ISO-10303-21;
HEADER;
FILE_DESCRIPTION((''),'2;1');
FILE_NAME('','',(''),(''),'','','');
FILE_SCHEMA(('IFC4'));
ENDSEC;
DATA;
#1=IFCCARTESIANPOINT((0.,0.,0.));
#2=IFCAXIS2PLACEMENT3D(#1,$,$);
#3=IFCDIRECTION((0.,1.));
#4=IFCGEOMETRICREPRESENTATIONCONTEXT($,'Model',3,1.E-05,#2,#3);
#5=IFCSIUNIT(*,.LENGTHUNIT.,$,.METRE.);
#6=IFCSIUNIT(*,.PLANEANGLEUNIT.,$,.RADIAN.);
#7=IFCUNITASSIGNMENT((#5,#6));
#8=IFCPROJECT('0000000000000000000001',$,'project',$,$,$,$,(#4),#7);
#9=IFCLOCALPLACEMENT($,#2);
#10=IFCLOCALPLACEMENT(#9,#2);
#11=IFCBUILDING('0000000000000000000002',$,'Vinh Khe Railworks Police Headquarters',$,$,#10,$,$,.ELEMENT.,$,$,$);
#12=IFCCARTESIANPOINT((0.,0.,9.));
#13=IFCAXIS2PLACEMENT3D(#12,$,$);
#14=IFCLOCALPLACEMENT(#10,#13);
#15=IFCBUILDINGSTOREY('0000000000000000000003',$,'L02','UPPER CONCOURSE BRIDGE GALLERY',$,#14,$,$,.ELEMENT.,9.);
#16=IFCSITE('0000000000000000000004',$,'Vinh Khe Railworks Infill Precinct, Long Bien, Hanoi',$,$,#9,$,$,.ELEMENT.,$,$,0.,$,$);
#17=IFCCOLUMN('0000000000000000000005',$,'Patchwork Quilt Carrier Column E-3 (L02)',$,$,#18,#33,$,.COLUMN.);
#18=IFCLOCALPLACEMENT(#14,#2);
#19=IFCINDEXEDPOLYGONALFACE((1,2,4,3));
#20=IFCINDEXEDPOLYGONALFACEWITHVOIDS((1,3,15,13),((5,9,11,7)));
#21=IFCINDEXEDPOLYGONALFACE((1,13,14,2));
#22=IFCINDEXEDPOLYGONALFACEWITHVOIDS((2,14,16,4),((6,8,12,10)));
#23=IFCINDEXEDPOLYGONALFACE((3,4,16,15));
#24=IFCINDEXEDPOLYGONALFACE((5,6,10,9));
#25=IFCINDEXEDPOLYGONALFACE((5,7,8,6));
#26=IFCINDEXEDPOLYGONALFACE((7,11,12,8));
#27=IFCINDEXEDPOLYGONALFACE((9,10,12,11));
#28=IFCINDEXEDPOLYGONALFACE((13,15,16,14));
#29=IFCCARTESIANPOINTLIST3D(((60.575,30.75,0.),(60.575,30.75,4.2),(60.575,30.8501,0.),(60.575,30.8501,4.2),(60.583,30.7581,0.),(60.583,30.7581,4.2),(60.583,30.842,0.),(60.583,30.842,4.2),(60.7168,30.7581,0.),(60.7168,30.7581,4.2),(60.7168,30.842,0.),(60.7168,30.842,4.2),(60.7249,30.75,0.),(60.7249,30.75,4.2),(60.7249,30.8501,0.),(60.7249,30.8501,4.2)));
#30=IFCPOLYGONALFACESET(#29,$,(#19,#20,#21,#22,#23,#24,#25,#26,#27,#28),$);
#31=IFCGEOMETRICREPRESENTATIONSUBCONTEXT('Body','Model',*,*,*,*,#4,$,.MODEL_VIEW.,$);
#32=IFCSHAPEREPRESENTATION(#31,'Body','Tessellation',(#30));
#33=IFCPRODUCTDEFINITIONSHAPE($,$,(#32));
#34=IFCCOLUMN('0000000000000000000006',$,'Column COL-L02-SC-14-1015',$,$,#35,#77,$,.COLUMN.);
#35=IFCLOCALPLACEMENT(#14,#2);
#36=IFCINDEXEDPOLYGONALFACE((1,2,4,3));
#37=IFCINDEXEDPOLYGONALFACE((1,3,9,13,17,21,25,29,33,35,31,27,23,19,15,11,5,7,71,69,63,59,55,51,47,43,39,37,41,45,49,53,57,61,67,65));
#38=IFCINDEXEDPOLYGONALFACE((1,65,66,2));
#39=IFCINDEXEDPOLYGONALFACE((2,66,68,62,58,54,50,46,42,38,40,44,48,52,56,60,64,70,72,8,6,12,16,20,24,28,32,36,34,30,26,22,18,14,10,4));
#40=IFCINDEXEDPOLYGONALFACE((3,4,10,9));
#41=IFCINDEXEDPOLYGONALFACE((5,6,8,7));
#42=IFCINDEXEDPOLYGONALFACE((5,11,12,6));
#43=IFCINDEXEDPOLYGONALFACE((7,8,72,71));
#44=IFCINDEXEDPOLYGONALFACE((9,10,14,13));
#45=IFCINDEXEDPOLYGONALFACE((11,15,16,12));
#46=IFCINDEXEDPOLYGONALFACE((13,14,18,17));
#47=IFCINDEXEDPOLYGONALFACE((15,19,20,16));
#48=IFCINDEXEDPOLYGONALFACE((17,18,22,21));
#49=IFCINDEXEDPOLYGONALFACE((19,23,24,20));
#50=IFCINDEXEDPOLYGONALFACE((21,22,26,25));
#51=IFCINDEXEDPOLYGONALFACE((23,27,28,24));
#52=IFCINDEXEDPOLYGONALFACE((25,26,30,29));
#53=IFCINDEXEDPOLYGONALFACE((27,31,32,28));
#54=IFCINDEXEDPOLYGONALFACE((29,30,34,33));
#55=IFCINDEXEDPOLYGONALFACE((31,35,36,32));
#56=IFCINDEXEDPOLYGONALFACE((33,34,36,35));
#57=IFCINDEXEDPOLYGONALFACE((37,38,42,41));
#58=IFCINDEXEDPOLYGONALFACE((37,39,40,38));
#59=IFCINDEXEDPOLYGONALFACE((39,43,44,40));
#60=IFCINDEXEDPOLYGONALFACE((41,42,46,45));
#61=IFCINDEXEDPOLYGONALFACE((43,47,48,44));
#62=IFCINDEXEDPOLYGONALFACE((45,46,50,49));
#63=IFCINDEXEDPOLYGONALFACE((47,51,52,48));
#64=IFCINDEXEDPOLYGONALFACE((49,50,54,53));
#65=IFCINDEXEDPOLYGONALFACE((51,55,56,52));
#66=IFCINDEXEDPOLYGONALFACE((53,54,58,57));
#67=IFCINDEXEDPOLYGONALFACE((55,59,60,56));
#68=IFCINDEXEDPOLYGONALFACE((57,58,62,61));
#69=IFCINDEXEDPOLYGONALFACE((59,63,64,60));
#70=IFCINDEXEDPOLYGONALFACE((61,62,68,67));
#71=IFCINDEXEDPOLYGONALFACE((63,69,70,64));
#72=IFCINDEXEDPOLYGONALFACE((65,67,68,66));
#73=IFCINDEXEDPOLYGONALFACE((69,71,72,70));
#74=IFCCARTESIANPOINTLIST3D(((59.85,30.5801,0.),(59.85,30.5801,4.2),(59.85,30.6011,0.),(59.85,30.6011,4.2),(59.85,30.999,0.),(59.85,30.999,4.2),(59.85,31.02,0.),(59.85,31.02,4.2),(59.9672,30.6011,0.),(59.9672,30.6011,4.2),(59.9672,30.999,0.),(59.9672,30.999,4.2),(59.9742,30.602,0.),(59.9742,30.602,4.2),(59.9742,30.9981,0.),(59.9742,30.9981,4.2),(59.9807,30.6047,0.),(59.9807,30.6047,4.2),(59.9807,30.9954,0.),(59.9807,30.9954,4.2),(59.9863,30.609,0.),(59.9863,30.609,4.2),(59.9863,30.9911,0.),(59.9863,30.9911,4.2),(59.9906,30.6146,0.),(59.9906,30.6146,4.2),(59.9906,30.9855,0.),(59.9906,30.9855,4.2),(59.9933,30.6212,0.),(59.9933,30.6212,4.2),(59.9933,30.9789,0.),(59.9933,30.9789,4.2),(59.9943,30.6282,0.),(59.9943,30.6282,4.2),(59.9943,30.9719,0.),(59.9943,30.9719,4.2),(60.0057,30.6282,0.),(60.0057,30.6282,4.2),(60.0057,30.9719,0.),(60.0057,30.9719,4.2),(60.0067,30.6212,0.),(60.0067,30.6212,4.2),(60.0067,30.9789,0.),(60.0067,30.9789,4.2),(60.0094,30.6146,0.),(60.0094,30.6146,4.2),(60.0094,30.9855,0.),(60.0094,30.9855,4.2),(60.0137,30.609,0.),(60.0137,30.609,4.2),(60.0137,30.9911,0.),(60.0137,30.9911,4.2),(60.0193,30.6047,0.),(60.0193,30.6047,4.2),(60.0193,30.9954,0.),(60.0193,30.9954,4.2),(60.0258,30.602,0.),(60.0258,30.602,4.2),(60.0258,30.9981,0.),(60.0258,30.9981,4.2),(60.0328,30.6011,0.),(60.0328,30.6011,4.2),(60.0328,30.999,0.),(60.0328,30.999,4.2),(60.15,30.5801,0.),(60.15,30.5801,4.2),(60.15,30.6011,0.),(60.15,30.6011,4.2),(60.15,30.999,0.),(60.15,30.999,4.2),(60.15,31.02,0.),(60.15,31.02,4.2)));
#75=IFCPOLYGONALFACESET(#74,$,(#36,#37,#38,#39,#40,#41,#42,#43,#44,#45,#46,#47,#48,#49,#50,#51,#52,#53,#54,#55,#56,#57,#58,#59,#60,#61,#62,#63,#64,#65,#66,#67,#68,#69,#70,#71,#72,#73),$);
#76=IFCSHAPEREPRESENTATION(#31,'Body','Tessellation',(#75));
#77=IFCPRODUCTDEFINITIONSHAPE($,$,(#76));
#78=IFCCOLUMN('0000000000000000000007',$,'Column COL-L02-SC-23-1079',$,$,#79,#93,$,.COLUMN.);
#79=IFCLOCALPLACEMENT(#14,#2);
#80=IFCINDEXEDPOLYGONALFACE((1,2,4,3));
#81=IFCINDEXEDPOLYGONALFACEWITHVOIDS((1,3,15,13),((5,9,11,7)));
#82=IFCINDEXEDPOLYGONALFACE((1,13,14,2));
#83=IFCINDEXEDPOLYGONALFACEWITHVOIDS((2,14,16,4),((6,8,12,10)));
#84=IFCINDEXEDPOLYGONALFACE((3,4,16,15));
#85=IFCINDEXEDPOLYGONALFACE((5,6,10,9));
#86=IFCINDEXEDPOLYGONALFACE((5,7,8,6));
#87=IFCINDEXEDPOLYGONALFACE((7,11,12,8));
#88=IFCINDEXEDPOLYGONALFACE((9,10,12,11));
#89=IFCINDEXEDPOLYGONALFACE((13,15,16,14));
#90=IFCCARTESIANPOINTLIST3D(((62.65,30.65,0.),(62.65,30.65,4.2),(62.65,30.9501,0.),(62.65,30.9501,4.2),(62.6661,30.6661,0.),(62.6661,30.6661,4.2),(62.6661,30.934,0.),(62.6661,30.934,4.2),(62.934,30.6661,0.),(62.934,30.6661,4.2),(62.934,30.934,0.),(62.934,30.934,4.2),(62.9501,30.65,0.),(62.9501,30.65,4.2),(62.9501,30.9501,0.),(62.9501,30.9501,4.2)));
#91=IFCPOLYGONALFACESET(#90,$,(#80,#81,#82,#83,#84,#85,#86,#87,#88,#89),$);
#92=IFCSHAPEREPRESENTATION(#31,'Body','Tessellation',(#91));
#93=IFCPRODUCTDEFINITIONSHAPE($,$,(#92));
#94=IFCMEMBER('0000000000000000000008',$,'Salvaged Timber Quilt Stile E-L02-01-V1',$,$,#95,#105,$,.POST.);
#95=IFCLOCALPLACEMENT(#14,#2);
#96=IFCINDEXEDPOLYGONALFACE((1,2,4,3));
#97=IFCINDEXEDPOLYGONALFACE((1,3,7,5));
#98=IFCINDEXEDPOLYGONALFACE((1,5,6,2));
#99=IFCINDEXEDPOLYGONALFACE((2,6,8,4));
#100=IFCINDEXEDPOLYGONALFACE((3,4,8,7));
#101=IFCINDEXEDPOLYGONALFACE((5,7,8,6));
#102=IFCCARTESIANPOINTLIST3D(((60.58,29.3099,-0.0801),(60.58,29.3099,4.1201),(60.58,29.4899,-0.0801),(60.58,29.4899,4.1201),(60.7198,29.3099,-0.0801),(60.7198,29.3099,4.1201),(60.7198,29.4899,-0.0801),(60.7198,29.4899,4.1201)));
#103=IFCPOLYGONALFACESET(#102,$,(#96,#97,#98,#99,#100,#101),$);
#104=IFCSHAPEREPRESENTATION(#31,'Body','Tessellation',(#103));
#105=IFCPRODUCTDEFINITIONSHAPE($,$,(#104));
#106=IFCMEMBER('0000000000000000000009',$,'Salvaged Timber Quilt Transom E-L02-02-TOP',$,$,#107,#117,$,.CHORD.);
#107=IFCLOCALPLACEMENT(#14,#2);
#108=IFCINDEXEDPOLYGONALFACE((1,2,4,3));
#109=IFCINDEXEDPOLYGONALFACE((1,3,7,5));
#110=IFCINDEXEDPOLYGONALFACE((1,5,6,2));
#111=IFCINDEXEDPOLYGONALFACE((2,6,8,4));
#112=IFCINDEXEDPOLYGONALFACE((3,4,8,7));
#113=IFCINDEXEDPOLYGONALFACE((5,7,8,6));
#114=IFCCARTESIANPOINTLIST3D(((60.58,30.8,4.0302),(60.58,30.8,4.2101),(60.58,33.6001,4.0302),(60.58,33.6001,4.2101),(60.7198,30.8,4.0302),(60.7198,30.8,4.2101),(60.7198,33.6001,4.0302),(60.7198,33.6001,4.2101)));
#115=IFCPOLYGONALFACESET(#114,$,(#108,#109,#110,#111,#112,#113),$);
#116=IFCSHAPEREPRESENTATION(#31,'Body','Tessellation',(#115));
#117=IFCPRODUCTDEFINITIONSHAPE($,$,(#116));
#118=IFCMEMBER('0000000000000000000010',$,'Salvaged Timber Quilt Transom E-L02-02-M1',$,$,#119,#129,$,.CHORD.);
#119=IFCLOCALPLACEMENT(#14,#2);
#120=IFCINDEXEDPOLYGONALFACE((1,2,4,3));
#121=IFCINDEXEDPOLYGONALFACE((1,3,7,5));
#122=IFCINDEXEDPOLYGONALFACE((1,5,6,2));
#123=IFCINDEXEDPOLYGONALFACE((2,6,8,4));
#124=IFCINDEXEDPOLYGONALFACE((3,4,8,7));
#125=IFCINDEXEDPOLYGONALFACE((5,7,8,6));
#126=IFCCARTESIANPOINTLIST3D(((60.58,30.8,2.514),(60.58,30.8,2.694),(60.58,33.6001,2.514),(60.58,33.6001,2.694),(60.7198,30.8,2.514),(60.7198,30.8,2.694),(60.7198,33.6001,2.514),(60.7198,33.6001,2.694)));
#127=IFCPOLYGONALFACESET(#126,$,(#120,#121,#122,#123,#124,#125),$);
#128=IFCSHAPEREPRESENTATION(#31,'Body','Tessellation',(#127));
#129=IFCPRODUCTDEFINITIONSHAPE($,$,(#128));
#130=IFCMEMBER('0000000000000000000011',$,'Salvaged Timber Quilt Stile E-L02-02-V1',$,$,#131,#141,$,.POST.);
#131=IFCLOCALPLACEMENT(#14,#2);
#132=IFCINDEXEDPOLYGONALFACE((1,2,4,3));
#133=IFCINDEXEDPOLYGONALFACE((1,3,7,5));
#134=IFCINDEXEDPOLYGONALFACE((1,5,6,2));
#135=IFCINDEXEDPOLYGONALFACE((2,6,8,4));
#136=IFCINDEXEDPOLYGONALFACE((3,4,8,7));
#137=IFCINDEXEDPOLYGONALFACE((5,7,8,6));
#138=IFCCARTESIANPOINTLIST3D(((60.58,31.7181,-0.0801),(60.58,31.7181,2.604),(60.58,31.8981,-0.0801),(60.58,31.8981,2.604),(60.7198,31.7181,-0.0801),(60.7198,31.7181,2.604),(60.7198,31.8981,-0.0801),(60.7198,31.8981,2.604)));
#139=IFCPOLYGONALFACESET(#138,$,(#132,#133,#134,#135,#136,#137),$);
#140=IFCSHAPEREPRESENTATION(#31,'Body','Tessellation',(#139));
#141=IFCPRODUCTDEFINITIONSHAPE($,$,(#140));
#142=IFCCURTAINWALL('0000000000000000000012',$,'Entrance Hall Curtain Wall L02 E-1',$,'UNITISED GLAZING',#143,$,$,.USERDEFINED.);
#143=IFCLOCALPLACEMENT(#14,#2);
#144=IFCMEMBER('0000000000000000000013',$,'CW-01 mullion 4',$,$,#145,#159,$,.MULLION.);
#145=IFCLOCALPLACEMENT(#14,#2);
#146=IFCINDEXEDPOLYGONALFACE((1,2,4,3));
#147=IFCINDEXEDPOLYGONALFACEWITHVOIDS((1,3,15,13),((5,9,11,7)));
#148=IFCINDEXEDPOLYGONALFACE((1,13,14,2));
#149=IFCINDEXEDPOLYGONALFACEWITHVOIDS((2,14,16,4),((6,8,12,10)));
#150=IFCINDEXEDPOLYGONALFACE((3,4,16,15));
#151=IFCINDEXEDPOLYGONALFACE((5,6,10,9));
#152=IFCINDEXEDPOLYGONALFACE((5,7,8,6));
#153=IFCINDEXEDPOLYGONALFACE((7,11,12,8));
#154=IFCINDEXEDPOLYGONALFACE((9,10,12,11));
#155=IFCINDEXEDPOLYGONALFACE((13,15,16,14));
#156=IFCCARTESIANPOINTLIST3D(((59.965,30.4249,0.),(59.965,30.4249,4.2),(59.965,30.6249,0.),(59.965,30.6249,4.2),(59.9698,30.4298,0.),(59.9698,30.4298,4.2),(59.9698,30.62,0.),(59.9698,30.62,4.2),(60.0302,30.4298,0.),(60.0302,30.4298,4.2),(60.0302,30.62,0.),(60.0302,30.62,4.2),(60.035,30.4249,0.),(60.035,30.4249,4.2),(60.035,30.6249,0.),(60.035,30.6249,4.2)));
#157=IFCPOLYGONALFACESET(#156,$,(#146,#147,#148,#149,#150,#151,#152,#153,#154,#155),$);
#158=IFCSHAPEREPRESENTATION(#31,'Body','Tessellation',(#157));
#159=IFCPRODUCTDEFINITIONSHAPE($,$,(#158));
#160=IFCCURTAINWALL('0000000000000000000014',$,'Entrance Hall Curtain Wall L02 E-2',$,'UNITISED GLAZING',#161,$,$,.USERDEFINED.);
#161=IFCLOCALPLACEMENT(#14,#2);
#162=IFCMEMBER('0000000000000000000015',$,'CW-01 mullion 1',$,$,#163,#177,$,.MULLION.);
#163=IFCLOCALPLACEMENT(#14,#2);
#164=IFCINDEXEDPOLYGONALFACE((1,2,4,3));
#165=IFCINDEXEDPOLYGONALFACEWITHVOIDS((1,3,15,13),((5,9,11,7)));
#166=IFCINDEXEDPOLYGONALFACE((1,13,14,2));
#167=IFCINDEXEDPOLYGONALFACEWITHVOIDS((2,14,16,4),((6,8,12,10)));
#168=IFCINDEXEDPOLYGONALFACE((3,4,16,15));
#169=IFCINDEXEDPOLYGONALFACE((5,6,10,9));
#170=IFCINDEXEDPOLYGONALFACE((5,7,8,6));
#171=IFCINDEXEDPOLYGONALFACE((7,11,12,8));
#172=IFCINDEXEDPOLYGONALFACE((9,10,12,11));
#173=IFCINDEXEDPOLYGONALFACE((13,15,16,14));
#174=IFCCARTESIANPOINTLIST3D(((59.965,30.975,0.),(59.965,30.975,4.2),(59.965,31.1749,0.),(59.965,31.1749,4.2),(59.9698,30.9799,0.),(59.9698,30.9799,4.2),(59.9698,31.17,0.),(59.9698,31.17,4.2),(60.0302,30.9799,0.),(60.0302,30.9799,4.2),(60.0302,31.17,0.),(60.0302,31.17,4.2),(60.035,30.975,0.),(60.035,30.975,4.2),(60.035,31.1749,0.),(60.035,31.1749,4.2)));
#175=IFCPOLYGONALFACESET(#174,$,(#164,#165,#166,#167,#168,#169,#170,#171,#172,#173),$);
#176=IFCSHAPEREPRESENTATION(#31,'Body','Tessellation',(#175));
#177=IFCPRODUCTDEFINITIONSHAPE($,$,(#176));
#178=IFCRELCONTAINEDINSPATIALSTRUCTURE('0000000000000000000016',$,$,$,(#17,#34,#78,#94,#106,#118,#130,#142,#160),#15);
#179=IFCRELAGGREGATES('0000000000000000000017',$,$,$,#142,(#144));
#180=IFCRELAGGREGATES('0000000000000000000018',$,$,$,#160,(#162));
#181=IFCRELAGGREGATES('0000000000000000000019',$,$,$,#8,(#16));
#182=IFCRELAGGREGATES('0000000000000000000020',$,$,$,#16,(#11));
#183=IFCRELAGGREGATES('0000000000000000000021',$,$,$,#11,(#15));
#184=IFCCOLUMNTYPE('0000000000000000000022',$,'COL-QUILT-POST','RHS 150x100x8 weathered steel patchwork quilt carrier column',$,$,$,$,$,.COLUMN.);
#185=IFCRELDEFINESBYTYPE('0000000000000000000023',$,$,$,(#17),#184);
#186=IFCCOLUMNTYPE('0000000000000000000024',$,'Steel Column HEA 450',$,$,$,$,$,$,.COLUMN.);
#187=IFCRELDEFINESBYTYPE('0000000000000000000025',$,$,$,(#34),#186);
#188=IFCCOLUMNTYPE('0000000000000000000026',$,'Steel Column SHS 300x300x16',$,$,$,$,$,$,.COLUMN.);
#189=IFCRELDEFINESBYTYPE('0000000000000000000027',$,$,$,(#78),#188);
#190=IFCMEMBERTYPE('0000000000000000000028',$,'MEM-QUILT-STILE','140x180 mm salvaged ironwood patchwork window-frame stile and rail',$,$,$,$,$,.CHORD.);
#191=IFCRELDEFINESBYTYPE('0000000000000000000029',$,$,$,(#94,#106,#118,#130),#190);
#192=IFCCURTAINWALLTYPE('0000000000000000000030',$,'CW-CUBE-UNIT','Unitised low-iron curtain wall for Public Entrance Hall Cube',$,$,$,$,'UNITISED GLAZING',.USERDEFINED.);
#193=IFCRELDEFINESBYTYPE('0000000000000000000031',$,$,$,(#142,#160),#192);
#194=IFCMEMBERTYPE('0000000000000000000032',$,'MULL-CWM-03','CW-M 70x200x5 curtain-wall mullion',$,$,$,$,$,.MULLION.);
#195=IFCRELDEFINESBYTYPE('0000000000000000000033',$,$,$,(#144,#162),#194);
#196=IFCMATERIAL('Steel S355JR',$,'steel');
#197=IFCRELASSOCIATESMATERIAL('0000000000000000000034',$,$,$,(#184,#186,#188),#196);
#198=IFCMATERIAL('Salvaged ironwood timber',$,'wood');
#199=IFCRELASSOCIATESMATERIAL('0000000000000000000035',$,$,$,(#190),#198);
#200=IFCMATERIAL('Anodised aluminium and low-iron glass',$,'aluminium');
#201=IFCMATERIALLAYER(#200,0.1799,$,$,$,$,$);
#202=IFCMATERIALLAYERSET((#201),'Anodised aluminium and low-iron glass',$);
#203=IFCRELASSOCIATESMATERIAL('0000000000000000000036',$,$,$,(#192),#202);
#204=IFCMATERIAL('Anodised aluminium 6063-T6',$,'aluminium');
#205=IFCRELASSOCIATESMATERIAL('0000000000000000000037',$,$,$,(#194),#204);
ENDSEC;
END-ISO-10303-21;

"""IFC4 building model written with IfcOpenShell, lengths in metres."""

from ifc_helpers import new_model, si_unit, direction, frame, origin, origin_2d, place, context, subcontext, project, spatial, rectangle, hollow_rectangle, i_section, extrude, material, layer, layer_set, material_profile, profile_set, type_object, element, aggregate, save


model = new_model("IFC4")

# Units and contexts
model_context = context("Model", 3, precision=1e-05, world=origin(), true_north=direction((0.0, 1.0)))
body_context = subcontext(model_context, "Body", "Model", "MODEL_VIEW")
ifc_project = project(units=[si_unit("LENGTHUNIT", "METRE"), si_unit("PLANEANGLEUNIT", "RADIAN")], contexts=[model_context])

# Site, building, storey
site_placement = place(None, origin())
site = spatial("IfcSite", under=ifc_project, at=site_placement, Name="Vinh Khe Railworks Infill Precinct, Long Bien, Hanoi", CompositionType="ELEMENT", RefElevation=0.0)
building_placement = place(site_placement, origin())
building = spatial("IfcBuilding", under=site, at=building_placement, Name="Vinh Khe Railworks Police Headquarters", CompositionType="ELEMENT")
storey_placement = place(building_placement, frame((0.0, 0.0, 9.0)))
storey = spatial("IfcBuildingStorey", under=building, at=storey_placement, Name="L02", Description="UPPER CONCOURSE BRIDGE GALLERY", CompositionType="ELEMENT", Elevation=9.0)

# Columns
ifc_material_1 = material(Name="Steel S355JR", Category="steel")
ifc_material_profile_1 = material_profile(ifc_material_1, hollow_rectangle(XDim=0.1499, YDim=0.1001, WallThickness=0.0081, at=origin_2d()), Name="RHS 150x100x8")
ifc_profile_set_1 = profile_set([ifc_material_profile_1], Name="Steel S355JR")
column_type_1 = type_object("IfcColumnType", Name="COL-QUILT-POST", Description="RHS 150x100x8 weathered steel patchwork quilt carrier column", PredefinedType="COLUMN", material=ifc_profile_set_1)
column_1_placement = place(storey_placement, frame((60.6499, 30.8, 0.0), z_axis=(0.0, 0.0, 1.0), x_axis=(1.0, 0.0, 0.0)))
element("IfcColumn", 1, at=column_1_placement, inside=storey, type_object=column_type_1, Name="Patchwork Quilt Carrier Column E-3 (L02)", PredefinedType="COLUMN", context=body_context, shape_type="SweptSolid", body=[
    extrude(hollow_rectangle(XDim=0.1499, YDim=0.1001, WallThickness=0.0081, at=origin_2d()), origin(), (0.0, 0.0, 1.0), 4.2),
])
ifc_material_profile_2 = material_profile(ifc_material_1, i_section(OverallWidth=0.3, OverallDepth=0.4399, WebThickness=0.0115, FlangeThickness=0.021, FilletRadius=0.0271, at=origin_2d()), Name="HEA 450")
ifc_profile_set_2 = profile_set([ifc_material_profile_2], Name="Steel S355JR")
column_type_2 = type_object("IfcColumnType", Name="Steel Column HEA 450", PredefinedType="COLUMN", material=ifc_profile_set_2)
column_2_placement = place(storey_placement, frame((60.0, 30.8, 0.0), z_axis=(0.0, 0.0, 1.0), x_axis=(1.0, 0.0, 0.0)))
element("IfcColumn", 2, at=column_2_placement, inside=storey, type_object=column_type_2, Name="Column COL-L02-SC-14-1015", PredefinedType="COLUMN", context=body_context, shape_type="SweptSolid", body=[
    extrude(i_section(OverallWidth=0.3, OverallDepth=0.4399, WebThickness=0.0115, FlangeThickness=0.021, FilletRadius=0.0271, at=origin_2d()), origin(), (0.0, 0.0, 1.0), 4.2),
])
ifc_material_profile_3 = material_profile(ifc_material_1, hollow_rectangle(XDim=0.3, YDim=0.3, WallThickness=0.0161, at=origin_2d()), Name="SHS 300x300x16")
ifc_profile_set_3 = profile_set([ifc_material_profile_3], Name="Steel S355JR")
column_type_3 = type_object("IfcColumnType", Name="Steel Column SHS 300x300x16", PredefinedType="COLUMN", material=ifc_profile_set_3)
column_3_placement = place(storey_placement, frame((62.8, 30.8, 0.0), z_axis=(0.0, 0.0, 1.0), x_axis=(1.0, 0.0, 0.0)))
element("IfcColumn", 3, at=column_3_placement, inside=storey, type_object=column_type_3, Name="Column COL-L02-SC-23-1079", PredefinedType="COLUMN", context=body_context, shape_type="SweptSolid", body=[
    extrude(hollow_rectangle(XDim=0.3, YDim=0.3, WallThickness=0.0161, at=origin_2d()), origin(), (0.0, 0.0, 1.0), 4.2),
])

# Members
ifc_material_2 = material(Name="Salvaged ironwood timber", Category="wood")
ifc_material_profile_4 = material_profile(ifc_material_2, rectangle(XDim=0.1399, YDim=0.1799, at=origin_2d()), Name="TIMBER 140x180")
ifc_profile_set_4 = profile_set([ifc_material_profile_4], Name="Salvaged ironwood timber")
member_type_1 = type_object("IfcMemberType", Name="MEM-QUILT-STILE", Description="140x180 mm salvaged ironwood patchwork window-frame stile and rail", PredefinedType="CHORD", material=ifc_profile_set_4)
member_1_placement = place(storey_placement, frame((60.6499, 29.3999, -0.0801), z_axis=(0.0, 0.0, 1.0), x_axis=(1.0, 0.0, 0.0)))
element("IfcMember", 4, at=member_1_placement, inside=storey, type_object=member_type_1, Name="Salvaged Timber Quilt Stile E-L02-01-V1", PredefinedType="POST", context=body_context, shape_type="SweptSolid", body=[
    extrude(rectangle(XDim=0.1399, YDim=0.1799, at=origin_2d()), origin(), (0.0, 0.0, 1.0), 4.2002),
])
for number, where, z_axis, x_axis, name in (
    (5, (60.6499, 30.8, 4.1201), (0.0, 1.0, 0.0), (-1.0, 0.0, 0.0), "Salvaged Timber Quilt Transom E-L02-02-TOP"),
    (6, (60.6499, 30.8, 2.604), (0.0, 1.0, 0.0), (-1.0, 0.0, 0.0), "Salvaged Timber Quilt Transom E-L02-02-M1"),
):
    element("IfcMember", number, at=place(storey_placement, frame(where, z_axis=z_axis, x_axis=x_axis)), inside=storey, type_object=member_type_1, Name=name, PredefinedType="CHORD", context=body_context, shape_type="SweptSolid", body=[
        extrude(rectangle(XDim=0.1399, YDim=0.1799, at=origin_2d()), origin(), (0.0, 0.0, 1.0), 2.8),
    ])
member_2_placement = place(storey_placement, frame((60.6499, 31.8081, -0.0801), z_axis=(0.0, 0.0, 1.0), x_axis=(1.0, 0.0, 0.0)))
element("IfcMember", 7, at=member_2_placement, inside=storey, type_object=member_type_1, Name="Salvaged Timber Quilt Stile E-L02-02-V1", PredefinedType="POST", context=body_context, shape_type="SweptSolid", body=[
    extrude(rectangle(XDim=0.1399, YDim=0.1799, at=origin_2d()), origin(), (0.0, 0.0, 1.0), 2.6841),
])

# Curtain walls, members
ifc_material_3 = material(Name="Anodised aluminium and low-iron glass", Category="aluminium")
ifc_layer_1 = layer(ifc_material_3, 0.1799)
ifc_layer_set_1 = layer_set([ifc_layer_1], Name="Anodised aluminium and low-iron glass")
curtain_wall_type = type_object("IfcCurtainWallType", Name="CW-CUBE-UNIT", Description="Unitised low-iron curtain wall for Public Entrance Hall Cube", ElementType="UNITISED GLAZING", PredefinedType="USERDEFINED", material=ifc_layer_set_1)
curtain_wall_1_placement = place(storey_placement, origin())
curtain_wall_1 = element("IfcCurtainWall", 8, at=curtain_wall_1_placement, inside=storey, type_object=curtain_wall_type, Name="Entrance Hall Curtain Wall L02 E-1", ObjectType="UNITISED GLAZING", PredefinedType="USERDEFINED")
ifc_material_4 = material(Name="Anodised aluminium 6063-T6", Category="aluminium")
ifc_material_profile_5 = material_profile(ifc_material_4, hollow_rectangle(XDim=0.0701, YDim=0.2, WallThickness=0.0049, at=origin_2d()), Name="CW-M 70x200x5")
ifc_profile_set_5 = profile_set([ifc_material_profile_5], Name="Anodised aluminium 6063-T6")
member_type_2 = type_object("IfcMemberType", Name="MULL-CWM-03", Description="CW-M 70x200x5 curtain-wall mullion", PredefinedType="MULLION", material=ifc_profile_set_5)
member_3_placement = place(storey_placement, frame((60.0, 30.5249, 0.0), z_axis=(0.0, 0.0, 1.0), x_axis=(-1.0, 0.0, 0.0)))
member_3 = element("IfcMember", 9, at=member_3_placement, type_object=member_type_2, Name="CW-01 mullion 4", PredefinedType="MULLION", context=body_context, shape_type="SweptSolid", body=[
    extrude(hollow_rectangle(XDim=0.0701, YDim=0.2, WallThickness=0.0049, at=origin_2d()), origin(), (0.0, 0.0, 1.0), 4.2),
])
curtain_wall_2_placement = place(storey_placement, origin())
curtain_wall_2 = element("IfcCurtainWall", 10, at=curtain_wall_2_placement, inside=storey, type_object=curtain_wall_type, Name="Entrance Hall Curtain Wall L02 E-2", ObjectType="UNITISED GLAZING", PredefinedType="USERDEFINED")
member_4_placement = place(storey_placement, frame((60.0, 31.075, 0.0), z_axis=(0.0, 0.0, 1.0), x_axis=(-1.0, 0.0, 0.0)))
member_4 = element("IfcMember", 11, at=member_4_placement, type_object=member_type_2, Name="CW-01 mullion 1", PredefinedType="MULLION", context=body_context, shape_type="SweptSolid", body=[
    extrude(hollow_rectangle(XDim=0.0701, YDim=0.2, WallThickness=0.0049, at=origin_2d()), origin(), (0.0, 0.0, 1.0), 4.2),
])

aggregate(curtain_wall_1, [member_3])
aggregate(curtain_wall_2, [member_4])

save(model, "model.ifc")
